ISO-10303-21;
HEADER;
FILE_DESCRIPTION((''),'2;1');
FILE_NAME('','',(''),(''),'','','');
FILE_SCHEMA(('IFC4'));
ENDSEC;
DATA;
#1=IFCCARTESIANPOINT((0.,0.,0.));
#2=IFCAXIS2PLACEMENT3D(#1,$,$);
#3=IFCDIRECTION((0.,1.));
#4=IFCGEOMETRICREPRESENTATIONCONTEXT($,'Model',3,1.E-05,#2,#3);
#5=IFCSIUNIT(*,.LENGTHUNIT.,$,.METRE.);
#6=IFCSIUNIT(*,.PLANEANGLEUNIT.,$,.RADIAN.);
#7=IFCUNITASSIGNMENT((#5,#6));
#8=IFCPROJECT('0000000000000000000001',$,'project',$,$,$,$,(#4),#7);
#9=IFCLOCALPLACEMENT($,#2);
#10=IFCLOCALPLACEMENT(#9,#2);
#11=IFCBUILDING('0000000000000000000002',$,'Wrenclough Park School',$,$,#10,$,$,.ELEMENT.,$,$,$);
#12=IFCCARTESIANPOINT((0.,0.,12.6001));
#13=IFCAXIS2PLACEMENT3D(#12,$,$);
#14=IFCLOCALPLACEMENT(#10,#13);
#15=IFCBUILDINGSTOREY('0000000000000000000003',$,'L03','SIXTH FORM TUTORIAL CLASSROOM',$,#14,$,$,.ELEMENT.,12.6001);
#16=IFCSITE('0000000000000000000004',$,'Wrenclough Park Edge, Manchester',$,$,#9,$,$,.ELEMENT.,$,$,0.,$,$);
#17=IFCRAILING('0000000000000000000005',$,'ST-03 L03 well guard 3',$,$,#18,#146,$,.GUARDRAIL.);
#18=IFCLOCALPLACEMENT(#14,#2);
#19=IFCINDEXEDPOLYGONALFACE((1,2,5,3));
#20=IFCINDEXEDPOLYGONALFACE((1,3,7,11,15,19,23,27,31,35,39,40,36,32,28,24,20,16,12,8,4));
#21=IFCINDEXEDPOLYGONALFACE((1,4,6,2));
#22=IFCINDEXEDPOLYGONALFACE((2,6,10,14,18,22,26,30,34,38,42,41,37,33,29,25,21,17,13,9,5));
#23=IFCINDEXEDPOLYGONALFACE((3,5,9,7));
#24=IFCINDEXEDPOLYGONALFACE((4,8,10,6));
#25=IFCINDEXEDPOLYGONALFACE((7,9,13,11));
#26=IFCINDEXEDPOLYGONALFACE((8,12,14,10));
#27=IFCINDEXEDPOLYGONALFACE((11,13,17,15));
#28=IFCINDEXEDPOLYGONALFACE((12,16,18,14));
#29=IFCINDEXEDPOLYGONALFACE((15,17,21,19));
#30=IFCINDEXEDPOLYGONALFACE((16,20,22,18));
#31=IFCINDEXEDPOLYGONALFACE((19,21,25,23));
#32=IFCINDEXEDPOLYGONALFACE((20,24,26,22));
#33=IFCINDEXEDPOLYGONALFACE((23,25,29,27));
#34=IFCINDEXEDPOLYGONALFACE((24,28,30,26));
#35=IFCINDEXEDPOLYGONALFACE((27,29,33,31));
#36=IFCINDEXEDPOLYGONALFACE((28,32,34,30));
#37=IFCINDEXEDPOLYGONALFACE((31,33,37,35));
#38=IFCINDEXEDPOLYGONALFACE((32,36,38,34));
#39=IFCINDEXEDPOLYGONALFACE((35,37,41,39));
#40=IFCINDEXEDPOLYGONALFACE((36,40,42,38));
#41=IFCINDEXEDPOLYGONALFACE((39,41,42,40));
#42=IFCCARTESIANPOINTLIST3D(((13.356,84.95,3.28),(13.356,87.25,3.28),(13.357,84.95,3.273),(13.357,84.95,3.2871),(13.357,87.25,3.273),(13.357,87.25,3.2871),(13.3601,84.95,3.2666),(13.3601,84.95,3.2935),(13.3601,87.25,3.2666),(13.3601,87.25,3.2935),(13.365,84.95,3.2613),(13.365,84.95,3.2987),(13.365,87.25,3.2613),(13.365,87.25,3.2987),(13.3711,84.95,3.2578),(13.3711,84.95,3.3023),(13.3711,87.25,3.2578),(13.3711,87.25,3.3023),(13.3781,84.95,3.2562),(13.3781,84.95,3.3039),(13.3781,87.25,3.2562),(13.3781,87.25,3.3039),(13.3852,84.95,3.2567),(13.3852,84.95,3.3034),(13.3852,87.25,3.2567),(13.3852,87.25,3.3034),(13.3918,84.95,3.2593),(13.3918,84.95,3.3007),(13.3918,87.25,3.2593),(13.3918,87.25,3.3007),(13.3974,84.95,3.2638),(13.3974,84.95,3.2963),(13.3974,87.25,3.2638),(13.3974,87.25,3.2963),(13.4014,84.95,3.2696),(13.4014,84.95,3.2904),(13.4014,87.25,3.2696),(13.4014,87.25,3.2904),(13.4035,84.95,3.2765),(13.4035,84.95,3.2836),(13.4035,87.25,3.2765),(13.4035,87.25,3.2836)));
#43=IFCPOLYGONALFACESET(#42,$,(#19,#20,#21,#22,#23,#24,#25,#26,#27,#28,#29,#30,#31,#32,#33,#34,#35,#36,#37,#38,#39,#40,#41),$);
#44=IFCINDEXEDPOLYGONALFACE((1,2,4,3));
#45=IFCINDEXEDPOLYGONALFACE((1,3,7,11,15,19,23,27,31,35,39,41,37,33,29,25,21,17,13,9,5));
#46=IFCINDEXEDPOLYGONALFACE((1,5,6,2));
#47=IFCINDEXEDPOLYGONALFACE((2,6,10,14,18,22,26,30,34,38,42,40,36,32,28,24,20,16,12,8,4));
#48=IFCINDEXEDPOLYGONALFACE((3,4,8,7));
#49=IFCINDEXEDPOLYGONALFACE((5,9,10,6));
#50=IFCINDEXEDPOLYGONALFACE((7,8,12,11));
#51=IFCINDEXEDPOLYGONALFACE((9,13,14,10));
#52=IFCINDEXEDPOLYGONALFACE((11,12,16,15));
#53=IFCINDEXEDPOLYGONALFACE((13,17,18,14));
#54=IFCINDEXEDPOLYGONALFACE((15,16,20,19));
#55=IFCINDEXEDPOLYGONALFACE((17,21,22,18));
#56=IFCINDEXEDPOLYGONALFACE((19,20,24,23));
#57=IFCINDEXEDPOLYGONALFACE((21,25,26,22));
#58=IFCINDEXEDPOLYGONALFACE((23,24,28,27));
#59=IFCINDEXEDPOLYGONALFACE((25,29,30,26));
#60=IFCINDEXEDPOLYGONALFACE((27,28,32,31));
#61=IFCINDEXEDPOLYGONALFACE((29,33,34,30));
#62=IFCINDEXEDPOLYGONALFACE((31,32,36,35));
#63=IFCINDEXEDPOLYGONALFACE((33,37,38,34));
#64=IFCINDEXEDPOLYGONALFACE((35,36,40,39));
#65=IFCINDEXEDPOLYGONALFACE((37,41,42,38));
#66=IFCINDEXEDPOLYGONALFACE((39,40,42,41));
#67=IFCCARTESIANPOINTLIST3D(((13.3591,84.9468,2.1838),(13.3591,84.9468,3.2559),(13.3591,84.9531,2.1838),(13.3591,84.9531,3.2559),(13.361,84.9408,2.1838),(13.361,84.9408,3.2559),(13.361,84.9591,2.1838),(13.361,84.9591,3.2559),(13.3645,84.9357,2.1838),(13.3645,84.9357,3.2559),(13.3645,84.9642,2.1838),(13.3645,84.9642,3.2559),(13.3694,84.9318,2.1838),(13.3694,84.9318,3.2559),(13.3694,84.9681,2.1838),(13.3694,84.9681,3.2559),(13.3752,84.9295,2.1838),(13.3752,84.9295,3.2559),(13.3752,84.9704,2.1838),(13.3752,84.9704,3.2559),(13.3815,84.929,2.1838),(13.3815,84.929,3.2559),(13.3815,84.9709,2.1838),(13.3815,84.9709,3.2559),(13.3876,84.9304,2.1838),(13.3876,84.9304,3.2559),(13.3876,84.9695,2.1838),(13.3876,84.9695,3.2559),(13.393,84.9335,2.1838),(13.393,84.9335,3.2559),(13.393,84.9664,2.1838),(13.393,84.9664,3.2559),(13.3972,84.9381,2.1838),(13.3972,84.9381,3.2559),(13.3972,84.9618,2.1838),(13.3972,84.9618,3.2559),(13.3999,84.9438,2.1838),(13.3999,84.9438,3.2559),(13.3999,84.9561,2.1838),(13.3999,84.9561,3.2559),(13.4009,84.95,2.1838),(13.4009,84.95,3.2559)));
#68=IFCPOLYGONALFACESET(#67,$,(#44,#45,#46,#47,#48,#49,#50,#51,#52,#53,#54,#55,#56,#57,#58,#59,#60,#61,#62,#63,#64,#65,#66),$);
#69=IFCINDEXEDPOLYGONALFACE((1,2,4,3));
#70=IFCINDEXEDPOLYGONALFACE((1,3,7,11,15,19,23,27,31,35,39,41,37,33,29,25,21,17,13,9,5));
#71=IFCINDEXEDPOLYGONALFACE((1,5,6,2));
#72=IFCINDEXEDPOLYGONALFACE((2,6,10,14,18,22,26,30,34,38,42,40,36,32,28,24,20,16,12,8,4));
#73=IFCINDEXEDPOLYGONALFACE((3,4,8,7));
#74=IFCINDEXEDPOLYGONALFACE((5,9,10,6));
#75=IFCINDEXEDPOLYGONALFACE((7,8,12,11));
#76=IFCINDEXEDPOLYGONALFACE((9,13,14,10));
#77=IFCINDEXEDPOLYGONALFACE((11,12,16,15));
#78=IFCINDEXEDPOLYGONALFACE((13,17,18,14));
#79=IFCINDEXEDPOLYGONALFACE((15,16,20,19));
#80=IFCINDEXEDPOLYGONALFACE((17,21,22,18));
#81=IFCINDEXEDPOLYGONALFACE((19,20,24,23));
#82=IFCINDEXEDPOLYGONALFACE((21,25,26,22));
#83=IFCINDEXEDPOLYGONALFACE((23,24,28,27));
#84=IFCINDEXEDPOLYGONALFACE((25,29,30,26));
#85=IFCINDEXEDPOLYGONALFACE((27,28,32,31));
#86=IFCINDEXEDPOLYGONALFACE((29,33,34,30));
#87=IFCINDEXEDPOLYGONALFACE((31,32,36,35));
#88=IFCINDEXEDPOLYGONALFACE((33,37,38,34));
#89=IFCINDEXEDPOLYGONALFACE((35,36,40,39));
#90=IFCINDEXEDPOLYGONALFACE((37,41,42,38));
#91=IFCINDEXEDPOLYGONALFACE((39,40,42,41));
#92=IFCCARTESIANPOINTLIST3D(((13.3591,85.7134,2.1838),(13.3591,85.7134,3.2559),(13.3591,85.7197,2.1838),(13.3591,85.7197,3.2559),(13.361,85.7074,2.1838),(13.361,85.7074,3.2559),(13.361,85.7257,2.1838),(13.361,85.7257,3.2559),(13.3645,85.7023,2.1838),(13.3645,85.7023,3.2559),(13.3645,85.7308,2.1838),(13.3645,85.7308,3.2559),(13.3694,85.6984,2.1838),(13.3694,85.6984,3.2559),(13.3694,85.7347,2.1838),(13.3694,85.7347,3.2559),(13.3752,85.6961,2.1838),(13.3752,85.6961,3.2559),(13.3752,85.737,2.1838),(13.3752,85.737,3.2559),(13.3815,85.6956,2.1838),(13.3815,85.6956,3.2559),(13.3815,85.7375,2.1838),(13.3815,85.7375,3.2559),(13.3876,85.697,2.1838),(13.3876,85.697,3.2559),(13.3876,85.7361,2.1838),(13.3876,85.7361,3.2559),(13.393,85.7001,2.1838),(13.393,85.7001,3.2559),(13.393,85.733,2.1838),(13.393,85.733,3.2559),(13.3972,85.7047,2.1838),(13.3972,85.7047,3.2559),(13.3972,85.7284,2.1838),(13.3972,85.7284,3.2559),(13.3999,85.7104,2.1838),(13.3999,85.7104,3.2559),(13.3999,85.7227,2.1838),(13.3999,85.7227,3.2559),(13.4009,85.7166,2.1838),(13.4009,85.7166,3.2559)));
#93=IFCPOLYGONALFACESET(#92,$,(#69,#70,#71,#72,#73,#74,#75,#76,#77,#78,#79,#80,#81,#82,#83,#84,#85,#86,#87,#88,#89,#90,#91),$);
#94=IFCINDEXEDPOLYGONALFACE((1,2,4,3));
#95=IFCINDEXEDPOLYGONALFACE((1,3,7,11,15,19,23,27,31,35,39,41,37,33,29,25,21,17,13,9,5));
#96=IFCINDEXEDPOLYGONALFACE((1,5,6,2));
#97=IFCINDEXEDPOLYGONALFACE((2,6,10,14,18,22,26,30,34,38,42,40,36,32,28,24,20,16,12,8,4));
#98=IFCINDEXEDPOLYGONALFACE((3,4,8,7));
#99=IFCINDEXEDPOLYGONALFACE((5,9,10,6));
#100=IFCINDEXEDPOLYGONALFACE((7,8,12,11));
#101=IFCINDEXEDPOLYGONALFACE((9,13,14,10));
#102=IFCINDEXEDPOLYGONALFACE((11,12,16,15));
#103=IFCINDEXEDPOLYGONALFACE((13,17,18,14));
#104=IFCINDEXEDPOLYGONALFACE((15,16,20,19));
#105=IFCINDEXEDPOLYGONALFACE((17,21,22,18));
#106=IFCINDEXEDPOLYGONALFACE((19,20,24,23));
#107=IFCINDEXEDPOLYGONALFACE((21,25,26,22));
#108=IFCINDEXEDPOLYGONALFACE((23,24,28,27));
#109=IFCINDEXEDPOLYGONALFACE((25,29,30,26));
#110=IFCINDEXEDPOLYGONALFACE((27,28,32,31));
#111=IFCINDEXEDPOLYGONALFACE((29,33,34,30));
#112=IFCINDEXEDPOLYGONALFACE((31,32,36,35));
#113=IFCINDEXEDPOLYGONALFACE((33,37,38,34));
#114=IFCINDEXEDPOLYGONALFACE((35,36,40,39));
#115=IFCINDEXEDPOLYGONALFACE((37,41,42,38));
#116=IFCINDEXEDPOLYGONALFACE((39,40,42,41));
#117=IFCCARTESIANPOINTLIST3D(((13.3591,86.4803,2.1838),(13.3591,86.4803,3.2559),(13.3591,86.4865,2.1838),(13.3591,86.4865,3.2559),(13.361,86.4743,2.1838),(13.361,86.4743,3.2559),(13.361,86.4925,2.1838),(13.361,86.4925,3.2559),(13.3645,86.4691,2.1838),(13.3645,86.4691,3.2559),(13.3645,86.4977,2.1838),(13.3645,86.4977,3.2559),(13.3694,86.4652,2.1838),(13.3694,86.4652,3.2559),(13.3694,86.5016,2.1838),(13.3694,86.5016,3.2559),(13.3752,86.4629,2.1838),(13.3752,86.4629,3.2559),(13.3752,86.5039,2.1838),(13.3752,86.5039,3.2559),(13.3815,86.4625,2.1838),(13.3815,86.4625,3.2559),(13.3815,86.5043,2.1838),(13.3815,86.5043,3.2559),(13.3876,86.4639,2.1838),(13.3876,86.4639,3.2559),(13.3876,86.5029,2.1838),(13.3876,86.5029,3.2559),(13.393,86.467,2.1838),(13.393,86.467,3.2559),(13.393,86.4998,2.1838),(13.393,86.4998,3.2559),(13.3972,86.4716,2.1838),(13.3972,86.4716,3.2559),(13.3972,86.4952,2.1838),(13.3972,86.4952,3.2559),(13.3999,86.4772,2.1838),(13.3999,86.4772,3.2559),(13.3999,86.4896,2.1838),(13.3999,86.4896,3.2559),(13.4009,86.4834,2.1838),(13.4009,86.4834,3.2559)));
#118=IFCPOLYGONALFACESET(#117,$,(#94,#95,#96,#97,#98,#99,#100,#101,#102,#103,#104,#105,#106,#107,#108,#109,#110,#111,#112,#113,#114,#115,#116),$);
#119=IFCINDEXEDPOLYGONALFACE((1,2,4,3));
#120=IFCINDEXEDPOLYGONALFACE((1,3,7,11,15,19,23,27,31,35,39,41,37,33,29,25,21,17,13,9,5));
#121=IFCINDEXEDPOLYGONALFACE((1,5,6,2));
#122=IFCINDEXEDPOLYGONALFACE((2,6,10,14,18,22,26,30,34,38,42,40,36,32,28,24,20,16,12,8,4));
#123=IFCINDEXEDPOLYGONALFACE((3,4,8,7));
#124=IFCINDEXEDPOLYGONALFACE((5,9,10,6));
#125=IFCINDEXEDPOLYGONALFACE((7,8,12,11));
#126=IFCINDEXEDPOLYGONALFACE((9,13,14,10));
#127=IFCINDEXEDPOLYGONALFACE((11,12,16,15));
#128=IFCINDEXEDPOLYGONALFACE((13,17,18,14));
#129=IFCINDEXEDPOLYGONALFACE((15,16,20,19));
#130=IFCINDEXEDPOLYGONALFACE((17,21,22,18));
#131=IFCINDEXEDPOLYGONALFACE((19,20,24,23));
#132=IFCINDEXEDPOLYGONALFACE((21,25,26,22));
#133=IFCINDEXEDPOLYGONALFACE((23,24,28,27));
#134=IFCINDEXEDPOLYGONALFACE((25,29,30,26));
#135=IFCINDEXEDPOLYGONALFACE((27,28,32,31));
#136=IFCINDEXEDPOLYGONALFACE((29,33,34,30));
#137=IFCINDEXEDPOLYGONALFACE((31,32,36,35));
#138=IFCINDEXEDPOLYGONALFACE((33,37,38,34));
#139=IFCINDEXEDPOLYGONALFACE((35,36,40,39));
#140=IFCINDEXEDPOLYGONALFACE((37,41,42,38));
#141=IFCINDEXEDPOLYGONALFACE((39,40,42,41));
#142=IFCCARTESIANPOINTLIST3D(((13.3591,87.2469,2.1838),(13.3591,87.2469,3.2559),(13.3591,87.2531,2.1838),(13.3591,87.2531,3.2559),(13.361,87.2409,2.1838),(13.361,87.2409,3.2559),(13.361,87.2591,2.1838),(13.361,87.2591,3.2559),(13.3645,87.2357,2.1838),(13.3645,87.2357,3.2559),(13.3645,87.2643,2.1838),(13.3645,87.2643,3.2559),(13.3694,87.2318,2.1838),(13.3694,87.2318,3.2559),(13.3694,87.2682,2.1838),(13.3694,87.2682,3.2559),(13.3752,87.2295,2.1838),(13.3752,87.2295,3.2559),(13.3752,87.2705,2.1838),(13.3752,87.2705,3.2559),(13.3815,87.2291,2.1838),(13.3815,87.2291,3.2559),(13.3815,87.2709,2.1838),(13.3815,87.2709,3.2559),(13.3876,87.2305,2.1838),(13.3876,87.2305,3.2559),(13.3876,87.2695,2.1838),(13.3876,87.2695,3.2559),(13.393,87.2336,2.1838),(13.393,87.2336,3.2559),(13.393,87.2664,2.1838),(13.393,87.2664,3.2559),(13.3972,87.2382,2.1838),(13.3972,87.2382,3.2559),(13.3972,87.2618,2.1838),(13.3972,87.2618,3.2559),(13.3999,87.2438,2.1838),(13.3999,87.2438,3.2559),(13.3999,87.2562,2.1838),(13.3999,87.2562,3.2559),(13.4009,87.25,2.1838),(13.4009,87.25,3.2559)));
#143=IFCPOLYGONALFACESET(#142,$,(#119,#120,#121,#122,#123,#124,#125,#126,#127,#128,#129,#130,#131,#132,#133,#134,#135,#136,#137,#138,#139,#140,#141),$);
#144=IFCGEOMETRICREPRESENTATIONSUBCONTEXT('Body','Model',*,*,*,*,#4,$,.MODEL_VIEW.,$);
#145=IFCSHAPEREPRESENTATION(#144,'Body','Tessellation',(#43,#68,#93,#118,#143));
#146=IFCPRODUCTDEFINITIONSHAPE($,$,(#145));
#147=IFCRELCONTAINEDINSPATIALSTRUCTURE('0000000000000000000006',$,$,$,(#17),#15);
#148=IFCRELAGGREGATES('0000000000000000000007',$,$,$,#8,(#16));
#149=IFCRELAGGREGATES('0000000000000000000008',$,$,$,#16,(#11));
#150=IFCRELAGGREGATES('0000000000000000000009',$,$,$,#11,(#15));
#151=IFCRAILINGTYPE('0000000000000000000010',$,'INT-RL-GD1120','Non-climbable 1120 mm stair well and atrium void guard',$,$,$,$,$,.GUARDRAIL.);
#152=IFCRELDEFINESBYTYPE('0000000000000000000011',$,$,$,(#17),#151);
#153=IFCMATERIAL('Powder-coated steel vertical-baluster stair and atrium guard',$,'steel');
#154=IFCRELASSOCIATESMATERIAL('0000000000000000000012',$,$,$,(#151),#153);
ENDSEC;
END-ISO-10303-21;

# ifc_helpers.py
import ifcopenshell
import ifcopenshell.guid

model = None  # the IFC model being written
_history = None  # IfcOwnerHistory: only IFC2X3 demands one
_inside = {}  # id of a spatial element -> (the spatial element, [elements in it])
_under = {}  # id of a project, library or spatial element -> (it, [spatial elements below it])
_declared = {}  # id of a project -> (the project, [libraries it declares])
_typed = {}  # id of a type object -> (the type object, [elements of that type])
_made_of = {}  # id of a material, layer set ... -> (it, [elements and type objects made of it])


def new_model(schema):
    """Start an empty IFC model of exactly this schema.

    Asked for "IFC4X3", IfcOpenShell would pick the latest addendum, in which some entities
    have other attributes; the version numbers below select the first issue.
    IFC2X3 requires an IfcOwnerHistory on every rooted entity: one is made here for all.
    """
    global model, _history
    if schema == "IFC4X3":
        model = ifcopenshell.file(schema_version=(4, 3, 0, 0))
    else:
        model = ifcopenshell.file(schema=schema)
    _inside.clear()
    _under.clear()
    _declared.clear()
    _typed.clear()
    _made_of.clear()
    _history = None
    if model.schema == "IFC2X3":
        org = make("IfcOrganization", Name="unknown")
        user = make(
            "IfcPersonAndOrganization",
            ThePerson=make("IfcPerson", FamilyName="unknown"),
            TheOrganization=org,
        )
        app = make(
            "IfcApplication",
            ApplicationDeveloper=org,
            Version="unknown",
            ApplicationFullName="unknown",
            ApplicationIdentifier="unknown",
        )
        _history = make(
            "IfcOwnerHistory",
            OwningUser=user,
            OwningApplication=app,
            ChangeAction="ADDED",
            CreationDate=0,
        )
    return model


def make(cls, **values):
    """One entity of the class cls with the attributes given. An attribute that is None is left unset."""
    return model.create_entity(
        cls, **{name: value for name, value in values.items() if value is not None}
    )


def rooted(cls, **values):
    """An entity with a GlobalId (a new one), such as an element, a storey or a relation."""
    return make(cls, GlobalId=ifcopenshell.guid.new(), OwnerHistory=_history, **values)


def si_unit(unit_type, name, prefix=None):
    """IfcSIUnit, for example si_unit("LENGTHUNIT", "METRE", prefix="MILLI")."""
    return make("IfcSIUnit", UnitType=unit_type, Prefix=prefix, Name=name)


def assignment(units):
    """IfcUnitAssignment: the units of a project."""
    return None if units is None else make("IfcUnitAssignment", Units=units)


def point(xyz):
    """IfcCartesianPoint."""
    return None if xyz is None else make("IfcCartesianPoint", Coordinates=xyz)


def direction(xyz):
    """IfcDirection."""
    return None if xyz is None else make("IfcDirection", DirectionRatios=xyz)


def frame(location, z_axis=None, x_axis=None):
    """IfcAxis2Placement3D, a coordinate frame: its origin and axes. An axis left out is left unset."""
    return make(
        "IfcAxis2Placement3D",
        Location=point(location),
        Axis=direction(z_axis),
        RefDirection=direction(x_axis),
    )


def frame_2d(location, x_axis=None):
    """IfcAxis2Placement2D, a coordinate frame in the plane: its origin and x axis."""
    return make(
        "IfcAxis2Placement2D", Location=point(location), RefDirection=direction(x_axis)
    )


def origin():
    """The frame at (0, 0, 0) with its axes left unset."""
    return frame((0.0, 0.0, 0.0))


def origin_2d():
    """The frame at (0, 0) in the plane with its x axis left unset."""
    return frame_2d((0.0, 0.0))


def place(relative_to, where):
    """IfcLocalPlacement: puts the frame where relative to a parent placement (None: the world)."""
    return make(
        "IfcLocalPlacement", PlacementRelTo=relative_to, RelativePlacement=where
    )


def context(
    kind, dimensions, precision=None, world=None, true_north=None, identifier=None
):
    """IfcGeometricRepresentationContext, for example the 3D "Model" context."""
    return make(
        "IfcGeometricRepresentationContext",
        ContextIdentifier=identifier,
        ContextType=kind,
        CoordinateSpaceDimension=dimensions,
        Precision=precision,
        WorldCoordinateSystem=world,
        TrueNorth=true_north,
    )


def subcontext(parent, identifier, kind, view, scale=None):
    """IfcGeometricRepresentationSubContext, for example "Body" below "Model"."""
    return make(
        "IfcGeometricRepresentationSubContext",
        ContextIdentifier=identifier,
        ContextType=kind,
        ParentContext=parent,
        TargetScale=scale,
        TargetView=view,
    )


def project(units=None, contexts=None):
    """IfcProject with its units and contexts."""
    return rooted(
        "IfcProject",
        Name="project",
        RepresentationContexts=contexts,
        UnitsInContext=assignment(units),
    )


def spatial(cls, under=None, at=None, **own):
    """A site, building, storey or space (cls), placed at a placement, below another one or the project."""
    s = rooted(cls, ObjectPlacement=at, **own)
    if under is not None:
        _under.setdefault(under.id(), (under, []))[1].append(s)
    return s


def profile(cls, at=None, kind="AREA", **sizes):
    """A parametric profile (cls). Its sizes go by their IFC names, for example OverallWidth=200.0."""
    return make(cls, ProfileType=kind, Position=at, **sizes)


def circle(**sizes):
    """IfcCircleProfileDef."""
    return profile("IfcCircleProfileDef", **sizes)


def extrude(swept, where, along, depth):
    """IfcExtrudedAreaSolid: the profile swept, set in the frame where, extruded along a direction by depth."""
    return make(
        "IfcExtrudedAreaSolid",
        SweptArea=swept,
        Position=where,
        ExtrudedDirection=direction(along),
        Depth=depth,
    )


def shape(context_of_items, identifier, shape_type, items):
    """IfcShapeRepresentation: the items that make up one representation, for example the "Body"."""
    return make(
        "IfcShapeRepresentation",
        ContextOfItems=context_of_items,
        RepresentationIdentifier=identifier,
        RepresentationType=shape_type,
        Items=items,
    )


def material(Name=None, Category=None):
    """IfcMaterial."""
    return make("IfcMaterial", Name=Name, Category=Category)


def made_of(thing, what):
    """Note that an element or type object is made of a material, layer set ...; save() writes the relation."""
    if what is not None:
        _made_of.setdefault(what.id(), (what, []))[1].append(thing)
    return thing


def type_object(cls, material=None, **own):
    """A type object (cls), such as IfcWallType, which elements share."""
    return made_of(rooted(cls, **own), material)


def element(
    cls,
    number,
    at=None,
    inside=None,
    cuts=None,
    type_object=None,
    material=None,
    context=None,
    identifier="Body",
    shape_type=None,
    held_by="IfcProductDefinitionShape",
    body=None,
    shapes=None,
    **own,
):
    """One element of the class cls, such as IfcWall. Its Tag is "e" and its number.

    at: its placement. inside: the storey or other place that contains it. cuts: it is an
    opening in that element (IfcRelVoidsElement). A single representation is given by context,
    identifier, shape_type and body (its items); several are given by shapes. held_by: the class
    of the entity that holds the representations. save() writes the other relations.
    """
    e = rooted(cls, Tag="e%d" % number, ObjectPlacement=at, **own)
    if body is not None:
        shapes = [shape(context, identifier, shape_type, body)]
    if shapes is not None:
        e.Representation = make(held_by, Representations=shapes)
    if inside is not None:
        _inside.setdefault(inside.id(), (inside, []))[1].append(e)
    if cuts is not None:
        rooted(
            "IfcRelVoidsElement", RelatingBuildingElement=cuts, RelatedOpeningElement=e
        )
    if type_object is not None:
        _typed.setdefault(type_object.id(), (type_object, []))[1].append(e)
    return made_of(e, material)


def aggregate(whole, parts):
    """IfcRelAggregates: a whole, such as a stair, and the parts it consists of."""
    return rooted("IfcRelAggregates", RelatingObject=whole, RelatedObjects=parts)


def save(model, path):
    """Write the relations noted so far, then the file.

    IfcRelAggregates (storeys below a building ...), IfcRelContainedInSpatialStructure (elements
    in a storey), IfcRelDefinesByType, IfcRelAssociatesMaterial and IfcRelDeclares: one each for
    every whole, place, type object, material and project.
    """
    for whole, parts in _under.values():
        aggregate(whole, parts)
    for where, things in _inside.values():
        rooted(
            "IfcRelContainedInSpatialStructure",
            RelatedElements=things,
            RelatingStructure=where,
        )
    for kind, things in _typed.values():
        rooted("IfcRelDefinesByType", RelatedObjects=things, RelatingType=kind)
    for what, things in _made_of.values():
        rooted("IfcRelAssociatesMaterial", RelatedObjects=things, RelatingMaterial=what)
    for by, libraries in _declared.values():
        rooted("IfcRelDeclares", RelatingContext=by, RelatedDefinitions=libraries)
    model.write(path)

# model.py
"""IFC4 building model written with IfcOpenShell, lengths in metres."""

from ifc_helpers import new_model, si_unit, direction, frame, origin, origin_2d, place, context, subcontext, project, spatial, circle, extrude, material, type_object, element, save


model = new_model("IFC4")

# Units and contexts
model_context = context("Model", 3, precision=1e-05, world=origin(), true_north=direction((0.0, 1.0)))
body_context = subcontext(model_context, "Body", "Model", "MODEL_VIEW")
ifc_project = project(units=[si_unit("LENGTHUNIT", "METRE"), si_unit("PLANEANGLEUNIT", "RADIAN")], contexts=[model_context])

# Site, building, storey
site_placement = place(None, origin())
site = spatial("IfcSite", under=ifc_project, at=site_placement, Name="Wrenclough Park Edge, Manchester", CompositionType="ELEMENT", RefElevation=0.0)
building_placement = place(site_placement, origin())
building = spatial("IfcBuilding", under=site, at=building_placement, Name="Wrenclough Park School", CompositionType="ELEMENT")
storey_placement = place(building_placement, frame((0.0, 0.0, 12.6001)))
storey = spatial("IfcBuildingStorey", under=building, at=storey_placement, Name="L03", Description="SIXTH FORM TUTORIAL CLASSROOM", CompositionType="ELEMENT", Elevation=12.6001)

# Railing
ifc_material_1 = material(Name="Powder-coated steel vertical-baluster stair and atrium guard", Category="steel")
railing_type_1 = type_object("IfcRailingType", Name="INT-RL-GD1120", Description="Non-climbable 1120 mm stair well and atrium void guard", PredefinedType="GUARDRAIL", material=ifc_material_1)
railing_1_placement = place(storey_placement, frame((13.3799, 84.95, 2.1838)))
element("IfcRailing", 1, at=railing_1_placement, inside=storey, type_object=railing_type_1, Name="ST-03 L03 well guard 3", PredefinedType="GUARDRAIL", context=body_context, shape_type="SweptSolid", body=[
    extrude(circle(Radius=0.0239, at=origin_2d()), frame((0.0, 0.0, 1.0962), z_axis=(0.0, 1.0, 0.0), x_axis=(-1.0, 0.0, 0.0)), (0.0, 0.0, 1.0), 2.3),
    extrude(circle(Radius=0.021, at=origin_2d()), origin(), (0.0, 0.0, 1.0), 1.072),
    extrude(circle(Radius=0.021, at=origin_2d()), frame((0.0, 0.7666, 0.0)), (0.0, 0.0, 1.0), 1.072),
    extrude(circle(Radius=0.021, at=origin_2d()), frame((0.0, 1.5334, 0.0)), (0.0, 0.0, 1.0), 1.072),
    extrude(circle(Radius=0.021, at=origin_2d()), frame((0.0, 2.3, 0.0)), (0.0, 0.0, 1.0), 1.072),
])

save(model, "model.ifc")
